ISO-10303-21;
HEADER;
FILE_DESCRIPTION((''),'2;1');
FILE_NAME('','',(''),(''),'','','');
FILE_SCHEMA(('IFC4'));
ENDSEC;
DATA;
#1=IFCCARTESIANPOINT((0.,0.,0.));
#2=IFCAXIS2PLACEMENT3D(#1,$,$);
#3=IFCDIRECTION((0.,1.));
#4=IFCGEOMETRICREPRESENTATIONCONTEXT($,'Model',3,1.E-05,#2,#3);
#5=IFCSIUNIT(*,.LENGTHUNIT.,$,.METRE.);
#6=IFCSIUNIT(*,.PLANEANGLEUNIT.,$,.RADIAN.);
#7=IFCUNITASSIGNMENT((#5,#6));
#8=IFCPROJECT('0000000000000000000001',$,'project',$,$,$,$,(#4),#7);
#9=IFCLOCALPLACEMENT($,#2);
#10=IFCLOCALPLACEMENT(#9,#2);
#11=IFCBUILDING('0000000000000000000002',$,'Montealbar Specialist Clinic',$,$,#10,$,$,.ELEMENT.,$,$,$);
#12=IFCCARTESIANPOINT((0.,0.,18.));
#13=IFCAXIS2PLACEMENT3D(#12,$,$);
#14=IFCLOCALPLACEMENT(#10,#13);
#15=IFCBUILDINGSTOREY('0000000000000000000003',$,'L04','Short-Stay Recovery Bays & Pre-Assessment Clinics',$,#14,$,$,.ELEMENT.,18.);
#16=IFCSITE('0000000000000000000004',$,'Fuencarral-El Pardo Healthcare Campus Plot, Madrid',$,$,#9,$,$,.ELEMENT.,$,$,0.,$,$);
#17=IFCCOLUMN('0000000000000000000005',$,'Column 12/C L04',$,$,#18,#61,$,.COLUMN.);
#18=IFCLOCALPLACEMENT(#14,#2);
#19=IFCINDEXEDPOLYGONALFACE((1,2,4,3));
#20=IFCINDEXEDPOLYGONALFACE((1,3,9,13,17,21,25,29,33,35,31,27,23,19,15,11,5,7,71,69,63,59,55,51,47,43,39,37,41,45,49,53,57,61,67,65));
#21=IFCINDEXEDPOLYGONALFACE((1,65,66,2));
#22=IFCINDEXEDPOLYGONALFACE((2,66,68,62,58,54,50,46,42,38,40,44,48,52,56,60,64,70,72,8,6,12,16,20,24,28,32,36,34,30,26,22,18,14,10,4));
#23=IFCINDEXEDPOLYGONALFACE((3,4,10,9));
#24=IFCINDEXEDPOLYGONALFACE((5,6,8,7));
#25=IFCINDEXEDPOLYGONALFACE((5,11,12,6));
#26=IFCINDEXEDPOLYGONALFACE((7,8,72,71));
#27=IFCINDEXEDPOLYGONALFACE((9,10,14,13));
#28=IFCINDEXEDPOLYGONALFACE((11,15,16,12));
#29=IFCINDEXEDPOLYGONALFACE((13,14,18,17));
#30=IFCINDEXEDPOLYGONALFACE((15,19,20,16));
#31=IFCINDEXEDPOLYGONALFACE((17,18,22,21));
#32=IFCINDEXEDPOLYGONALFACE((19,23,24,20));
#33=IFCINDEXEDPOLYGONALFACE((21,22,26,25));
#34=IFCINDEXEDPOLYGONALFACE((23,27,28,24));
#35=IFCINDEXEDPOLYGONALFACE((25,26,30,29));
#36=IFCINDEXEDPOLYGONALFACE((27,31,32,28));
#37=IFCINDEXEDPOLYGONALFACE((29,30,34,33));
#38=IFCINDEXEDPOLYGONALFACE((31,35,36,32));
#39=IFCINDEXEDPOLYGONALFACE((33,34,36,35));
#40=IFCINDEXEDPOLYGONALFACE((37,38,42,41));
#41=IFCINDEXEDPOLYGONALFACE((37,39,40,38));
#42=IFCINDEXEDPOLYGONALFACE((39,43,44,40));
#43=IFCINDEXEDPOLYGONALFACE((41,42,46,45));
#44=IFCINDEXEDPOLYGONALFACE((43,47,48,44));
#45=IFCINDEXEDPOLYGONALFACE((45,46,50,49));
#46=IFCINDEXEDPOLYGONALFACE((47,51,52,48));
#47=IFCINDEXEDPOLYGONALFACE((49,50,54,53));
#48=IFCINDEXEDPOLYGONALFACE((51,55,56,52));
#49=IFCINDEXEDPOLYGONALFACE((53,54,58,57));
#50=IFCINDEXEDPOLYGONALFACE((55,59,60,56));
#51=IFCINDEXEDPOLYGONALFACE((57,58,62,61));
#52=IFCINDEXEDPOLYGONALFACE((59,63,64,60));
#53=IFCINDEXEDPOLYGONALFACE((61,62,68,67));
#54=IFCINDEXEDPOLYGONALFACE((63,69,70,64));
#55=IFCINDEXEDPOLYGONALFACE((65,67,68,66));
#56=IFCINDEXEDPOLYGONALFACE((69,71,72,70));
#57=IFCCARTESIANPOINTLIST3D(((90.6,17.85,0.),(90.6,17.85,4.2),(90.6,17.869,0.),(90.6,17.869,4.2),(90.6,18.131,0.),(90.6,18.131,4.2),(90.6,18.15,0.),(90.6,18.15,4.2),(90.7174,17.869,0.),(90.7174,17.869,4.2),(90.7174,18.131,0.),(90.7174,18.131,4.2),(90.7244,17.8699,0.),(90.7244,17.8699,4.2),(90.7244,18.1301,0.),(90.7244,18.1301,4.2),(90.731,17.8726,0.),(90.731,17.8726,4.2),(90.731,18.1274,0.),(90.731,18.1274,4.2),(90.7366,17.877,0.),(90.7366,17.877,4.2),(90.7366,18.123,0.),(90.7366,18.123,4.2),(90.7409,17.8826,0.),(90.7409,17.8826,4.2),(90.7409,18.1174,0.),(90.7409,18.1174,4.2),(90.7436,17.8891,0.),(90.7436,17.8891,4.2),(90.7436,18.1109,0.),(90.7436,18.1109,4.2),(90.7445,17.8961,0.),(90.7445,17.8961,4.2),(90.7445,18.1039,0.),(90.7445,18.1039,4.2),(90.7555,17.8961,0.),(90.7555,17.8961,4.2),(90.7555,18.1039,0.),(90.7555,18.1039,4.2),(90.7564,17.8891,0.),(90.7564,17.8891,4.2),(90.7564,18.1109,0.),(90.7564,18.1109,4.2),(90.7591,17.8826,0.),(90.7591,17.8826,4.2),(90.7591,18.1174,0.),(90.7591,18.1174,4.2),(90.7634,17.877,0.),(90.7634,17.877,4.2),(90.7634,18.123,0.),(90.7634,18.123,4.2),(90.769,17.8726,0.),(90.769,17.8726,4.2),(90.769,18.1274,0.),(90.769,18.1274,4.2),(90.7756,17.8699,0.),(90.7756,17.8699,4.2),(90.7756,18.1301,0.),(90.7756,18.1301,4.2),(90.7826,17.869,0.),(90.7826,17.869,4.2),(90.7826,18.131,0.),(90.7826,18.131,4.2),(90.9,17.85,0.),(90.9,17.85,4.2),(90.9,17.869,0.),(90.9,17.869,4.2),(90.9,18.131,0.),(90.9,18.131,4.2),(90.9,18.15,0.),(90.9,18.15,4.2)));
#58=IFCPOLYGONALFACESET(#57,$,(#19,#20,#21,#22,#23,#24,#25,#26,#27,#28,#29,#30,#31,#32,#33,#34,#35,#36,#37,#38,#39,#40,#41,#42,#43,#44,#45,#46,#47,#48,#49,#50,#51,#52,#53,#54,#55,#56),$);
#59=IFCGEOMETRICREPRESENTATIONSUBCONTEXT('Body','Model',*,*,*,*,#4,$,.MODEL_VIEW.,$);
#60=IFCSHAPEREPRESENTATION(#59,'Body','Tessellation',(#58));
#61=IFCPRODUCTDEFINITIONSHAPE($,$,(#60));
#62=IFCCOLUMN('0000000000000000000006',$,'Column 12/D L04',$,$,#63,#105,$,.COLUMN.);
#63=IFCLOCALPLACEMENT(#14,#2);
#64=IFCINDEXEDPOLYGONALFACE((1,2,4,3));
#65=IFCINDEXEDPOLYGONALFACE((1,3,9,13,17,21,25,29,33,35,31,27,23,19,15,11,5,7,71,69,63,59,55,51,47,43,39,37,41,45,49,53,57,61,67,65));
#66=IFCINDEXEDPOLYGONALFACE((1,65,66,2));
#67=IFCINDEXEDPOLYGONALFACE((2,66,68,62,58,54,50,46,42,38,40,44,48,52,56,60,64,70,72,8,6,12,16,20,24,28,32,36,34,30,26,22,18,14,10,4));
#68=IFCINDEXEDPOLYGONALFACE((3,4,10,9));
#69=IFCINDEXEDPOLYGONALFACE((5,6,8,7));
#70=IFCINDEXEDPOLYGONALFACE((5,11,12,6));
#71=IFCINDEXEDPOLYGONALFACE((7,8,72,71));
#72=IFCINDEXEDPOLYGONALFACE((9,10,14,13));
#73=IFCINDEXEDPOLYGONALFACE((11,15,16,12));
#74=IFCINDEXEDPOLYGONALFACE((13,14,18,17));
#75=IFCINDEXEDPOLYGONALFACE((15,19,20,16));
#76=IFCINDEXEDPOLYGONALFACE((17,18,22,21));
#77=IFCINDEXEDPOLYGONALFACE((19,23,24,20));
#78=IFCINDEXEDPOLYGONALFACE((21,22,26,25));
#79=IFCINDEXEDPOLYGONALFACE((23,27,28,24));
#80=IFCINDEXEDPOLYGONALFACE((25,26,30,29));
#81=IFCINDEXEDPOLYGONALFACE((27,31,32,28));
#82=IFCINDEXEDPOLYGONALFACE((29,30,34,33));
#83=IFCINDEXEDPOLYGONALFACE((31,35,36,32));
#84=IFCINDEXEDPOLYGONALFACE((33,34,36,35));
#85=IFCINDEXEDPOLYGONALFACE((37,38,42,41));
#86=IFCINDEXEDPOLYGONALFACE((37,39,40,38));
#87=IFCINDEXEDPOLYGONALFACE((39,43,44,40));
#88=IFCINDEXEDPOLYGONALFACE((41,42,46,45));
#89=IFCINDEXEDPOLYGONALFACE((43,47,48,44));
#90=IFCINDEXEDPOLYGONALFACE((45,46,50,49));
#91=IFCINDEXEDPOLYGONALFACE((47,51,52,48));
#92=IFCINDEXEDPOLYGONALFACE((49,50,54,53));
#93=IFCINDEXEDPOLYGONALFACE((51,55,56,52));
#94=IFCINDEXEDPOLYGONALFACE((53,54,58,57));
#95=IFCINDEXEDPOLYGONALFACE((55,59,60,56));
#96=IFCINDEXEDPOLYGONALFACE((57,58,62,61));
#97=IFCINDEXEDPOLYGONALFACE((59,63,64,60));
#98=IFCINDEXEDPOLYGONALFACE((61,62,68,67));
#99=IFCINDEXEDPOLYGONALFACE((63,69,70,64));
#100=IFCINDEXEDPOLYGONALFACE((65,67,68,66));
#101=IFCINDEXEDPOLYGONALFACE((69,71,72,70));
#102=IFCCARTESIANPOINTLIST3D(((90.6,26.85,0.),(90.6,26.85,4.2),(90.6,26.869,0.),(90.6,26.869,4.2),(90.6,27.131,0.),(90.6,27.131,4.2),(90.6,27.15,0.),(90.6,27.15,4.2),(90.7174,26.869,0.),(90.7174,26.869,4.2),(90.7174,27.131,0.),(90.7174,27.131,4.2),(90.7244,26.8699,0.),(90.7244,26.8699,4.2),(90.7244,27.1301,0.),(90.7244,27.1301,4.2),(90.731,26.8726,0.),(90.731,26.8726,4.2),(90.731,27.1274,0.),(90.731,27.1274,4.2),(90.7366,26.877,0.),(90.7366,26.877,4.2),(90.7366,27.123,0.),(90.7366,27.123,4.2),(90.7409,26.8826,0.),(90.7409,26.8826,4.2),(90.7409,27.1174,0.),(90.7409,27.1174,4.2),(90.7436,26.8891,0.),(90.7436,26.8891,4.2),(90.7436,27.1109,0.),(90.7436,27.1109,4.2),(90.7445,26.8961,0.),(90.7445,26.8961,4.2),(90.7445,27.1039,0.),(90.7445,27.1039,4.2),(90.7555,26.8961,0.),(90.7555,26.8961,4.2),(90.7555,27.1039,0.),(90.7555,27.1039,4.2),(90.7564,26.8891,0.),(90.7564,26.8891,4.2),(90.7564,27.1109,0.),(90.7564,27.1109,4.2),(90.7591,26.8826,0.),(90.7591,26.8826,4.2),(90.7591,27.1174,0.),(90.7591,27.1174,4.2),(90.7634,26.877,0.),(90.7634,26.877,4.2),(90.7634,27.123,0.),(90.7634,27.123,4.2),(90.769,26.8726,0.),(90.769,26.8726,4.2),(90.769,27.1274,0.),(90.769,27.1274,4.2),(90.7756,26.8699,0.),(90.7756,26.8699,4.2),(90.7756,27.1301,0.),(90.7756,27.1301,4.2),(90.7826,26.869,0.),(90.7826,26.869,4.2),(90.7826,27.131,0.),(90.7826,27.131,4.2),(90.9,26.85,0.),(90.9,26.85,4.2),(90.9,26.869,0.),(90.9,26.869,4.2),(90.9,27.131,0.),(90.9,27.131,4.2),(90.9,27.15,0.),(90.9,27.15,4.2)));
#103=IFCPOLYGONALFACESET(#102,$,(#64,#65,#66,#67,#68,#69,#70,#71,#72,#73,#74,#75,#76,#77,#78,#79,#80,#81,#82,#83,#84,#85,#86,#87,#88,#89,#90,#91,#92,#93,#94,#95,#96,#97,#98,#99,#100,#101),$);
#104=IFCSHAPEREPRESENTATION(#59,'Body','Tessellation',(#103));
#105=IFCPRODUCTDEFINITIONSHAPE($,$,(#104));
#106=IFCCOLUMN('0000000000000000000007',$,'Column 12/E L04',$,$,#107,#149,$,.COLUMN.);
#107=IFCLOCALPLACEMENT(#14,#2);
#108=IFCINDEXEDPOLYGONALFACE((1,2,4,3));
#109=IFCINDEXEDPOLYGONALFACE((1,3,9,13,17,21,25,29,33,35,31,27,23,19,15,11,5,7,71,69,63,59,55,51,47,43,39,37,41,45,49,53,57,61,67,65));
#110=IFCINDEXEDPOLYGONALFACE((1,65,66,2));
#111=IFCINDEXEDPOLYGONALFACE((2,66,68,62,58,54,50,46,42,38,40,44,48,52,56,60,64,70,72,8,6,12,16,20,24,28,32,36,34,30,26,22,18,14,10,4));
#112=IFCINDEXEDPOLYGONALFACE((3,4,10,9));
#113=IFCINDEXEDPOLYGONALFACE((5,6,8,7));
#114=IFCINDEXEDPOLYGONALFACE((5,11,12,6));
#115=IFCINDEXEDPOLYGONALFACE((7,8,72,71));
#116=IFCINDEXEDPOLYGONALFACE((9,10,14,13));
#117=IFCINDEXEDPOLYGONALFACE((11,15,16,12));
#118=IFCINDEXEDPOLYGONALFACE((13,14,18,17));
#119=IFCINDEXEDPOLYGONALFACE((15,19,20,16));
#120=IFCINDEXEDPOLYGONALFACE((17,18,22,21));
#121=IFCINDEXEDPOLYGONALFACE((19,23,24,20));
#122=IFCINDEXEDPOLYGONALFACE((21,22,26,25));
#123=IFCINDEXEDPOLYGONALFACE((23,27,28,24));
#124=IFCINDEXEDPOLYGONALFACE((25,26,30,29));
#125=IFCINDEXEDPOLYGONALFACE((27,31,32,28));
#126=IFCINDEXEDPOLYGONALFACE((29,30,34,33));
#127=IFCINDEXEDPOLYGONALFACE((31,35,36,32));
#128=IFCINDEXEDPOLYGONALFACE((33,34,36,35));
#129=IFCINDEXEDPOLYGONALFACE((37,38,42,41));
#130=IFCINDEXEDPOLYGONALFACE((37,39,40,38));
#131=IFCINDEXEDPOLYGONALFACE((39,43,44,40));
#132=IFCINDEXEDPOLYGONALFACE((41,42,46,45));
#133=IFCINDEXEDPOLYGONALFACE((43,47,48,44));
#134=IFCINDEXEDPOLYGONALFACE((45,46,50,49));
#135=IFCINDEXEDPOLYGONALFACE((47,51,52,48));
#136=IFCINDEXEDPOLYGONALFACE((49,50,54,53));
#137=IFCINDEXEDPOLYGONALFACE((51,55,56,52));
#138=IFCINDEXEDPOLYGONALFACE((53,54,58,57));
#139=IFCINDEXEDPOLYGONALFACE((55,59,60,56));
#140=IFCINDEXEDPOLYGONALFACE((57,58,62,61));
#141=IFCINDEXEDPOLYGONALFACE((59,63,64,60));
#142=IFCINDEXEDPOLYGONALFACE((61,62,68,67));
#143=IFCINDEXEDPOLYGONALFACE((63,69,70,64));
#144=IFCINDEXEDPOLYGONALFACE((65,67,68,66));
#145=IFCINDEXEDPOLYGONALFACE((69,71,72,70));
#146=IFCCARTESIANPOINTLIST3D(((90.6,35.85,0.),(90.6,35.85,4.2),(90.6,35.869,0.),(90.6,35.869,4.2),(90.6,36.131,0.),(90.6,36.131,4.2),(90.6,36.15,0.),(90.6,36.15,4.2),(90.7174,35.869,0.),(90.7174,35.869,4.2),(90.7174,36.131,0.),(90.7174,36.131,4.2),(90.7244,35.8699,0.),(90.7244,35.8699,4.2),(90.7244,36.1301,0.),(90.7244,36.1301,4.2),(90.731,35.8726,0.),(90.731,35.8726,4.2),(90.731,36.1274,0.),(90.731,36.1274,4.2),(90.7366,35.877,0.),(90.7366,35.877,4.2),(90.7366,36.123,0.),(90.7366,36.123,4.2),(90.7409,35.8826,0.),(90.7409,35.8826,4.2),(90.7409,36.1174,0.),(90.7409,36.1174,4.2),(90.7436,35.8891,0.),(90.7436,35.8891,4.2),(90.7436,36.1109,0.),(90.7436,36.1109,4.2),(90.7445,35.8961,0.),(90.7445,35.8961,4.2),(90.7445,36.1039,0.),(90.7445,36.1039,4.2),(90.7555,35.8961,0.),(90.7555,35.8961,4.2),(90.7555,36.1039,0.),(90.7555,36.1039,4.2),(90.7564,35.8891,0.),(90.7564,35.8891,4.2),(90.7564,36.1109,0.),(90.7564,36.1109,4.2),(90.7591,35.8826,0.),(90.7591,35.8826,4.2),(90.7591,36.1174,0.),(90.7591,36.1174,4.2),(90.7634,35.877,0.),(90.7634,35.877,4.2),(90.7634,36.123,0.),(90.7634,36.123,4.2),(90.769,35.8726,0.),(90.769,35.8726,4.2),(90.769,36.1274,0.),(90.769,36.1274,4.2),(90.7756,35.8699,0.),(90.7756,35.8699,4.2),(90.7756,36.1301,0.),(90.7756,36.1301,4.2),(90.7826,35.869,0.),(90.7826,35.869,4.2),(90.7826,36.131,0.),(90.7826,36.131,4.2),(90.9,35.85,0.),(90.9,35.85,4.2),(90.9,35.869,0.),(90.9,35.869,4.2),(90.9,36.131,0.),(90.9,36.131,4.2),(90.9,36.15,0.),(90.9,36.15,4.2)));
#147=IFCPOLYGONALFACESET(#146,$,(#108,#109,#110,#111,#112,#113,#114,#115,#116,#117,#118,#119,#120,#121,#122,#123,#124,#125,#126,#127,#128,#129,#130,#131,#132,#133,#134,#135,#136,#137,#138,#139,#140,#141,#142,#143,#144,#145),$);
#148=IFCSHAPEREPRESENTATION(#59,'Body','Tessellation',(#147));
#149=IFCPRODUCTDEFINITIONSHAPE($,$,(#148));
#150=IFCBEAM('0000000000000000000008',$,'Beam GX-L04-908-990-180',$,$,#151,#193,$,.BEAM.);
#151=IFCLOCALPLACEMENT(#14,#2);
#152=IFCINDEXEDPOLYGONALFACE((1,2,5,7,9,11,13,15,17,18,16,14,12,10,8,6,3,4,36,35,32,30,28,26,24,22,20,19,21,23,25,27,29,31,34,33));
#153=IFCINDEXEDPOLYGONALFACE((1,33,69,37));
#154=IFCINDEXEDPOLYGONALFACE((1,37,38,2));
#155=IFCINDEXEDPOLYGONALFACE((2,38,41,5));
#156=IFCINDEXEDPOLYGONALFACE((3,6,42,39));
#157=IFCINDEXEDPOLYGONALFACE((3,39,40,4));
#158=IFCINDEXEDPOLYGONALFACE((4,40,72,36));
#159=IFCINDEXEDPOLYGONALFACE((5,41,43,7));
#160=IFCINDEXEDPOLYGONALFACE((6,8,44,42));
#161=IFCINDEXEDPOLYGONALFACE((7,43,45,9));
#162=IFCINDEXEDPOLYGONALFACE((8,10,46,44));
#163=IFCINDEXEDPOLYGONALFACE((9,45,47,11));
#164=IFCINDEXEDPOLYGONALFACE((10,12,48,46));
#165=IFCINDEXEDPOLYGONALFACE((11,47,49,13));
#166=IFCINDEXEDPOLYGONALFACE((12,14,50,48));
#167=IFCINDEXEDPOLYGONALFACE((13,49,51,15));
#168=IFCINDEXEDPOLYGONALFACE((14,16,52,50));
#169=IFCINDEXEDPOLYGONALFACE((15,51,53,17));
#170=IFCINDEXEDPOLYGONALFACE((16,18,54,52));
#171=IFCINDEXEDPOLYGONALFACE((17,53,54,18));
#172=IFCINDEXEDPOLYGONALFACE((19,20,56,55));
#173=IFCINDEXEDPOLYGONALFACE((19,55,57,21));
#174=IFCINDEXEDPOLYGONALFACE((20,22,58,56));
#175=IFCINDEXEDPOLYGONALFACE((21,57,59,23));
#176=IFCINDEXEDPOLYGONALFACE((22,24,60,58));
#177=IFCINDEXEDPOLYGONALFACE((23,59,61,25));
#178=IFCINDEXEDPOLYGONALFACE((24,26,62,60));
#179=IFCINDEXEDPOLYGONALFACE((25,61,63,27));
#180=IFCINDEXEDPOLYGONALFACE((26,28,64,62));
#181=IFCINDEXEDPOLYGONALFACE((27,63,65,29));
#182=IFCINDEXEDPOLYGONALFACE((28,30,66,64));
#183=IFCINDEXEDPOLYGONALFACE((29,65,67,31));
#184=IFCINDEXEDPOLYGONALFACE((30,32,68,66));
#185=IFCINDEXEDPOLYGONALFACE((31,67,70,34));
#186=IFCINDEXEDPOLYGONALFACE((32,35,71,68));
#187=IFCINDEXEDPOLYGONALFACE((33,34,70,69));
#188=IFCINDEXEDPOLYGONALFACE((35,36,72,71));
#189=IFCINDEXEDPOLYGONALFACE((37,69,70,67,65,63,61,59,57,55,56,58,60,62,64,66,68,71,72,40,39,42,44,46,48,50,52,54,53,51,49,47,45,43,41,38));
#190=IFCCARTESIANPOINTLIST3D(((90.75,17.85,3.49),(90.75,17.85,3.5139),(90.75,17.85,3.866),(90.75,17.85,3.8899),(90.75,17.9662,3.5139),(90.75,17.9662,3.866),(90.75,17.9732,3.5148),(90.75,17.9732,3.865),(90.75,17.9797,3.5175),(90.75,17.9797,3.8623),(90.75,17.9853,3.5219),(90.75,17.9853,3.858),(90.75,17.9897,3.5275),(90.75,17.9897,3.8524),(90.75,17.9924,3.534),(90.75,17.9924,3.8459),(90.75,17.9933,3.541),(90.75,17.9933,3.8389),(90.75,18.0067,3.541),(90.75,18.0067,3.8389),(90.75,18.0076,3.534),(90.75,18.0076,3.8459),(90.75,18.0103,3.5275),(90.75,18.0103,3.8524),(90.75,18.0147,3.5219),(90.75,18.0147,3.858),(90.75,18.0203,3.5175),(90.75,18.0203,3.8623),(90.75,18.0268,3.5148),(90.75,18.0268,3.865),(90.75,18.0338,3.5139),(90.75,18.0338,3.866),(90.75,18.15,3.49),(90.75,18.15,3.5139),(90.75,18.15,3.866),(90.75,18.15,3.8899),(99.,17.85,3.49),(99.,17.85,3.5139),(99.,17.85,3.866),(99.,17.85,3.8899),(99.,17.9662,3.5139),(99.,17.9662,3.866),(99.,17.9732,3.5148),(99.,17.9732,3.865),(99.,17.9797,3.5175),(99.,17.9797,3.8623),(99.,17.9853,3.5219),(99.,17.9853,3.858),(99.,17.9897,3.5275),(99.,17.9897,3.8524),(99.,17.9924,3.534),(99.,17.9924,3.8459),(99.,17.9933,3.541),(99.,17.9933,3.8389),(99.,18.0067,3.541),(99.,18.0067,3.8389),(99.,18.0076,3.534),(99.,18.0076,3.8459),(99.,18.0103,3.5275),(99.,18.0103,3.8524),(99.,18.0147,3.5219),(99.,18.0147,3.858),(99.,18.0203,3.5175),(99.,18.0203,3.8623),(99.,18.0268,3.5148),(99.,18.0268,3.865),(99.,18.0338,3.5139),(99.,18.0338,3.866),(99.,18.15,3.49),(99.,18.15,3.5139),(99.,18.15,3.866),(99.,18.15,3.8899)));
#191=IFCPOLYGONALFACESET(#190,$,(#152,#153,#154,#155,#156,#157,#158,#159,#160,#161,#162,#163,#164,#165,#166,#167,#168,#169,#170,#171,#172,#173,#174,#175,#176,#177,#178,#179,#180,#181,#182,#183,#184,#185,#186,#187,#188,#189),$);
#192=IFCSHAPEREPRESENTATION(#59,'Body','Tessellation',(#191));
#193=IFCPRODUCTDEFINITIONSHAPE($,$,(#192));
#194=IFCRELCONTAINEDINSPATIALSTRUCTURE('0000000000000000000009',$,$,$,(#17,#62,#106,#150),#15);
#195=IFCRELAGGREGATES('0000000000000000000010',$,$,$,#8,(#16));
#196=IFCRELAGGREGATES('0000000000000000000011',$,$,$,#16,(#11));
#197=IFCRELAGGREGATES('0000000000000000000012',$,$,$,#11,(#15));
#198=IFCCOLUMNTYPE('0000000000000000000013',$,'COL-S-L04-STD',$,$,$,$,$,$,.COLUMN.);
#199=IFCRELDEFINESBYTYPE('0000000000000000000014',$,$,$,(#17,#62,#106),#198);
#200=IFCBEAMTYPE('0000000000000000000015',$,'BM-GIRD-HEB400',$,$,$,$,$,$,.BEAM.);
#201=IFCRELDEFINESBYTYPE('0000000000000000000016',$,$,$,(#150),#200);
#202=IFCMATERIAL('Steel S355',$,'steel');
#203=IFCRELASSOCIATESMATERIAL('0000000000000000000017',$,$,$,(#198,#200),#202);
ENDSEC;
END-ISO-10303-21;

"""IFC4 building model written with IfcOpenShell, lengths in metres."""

from ifc_helpers import new_model, si_unit, direction, frame, origin, origin_2d, place, context, subcontext, project, spatial, i_section, extrude, material, material_profile, profile_set, type_object, element, save


model = new_model("IFC4")

# Units and contexts
model_context = context("Model", 3, precision=1e-05, world=origin(), true_north=direction((0.0, 1.0)))
body_context = subcontext(model_context, "Body", "Model", "MODEL_VIEW")
ifc_project = project(units=[si_unit("LENGTHUNIT", "METRE"), si_unit("PLANEANGLEUNIT", "RADIAN")], contexts=[model_context])

# Site, building, storey
site_placement = place(None, origin())
site = spatial("IfcSite", under=ifc_project, at=site_placement, Name="Fuencarral-El Pardo Healthcare Campus Plot, Madrid", CompositionType="ELEMENT", RefElevation=0.0)
building_placement = place(site_placement, origin())
building = spatial("IfcBuilding", under=site, at=building_placement, Name="Montealbar Specialist Clinic", CompositionType="ELEMENT")
storey_placement = place(building_placement, frame((0.0, 0.0, 18.0)))
storey = spatial("IfcBuildingStorey", under=building, at=storey_placement, Name="L04", Description="Short-Stay Recovery Bays & Pre-Assessment Clinics", CompositionType="ELEMENT", Elevation=18.0)

# Columns
ifc_material_1 = material(Name="Steel S355", Category="steel")
ifc_material_profile_1 = material_profile(ifc_material_1, i_section(OverallWidth=0.3, OverallDepth=0.3, WebThickness=0.011, FlangeThickness=0.019, FilletRadius=0.0271, at=origin_2d()), Name="HEB 300", Category="steel")
ifc_profile_set_1 = profile_set([ifc_material_profile_1], Name="Steel S355")
column_type = type_object("IfcColumnType", Name="COL-S-L04-STD", PredefinedType="COLUMN", material=ifc_profile_set_1)
for number, where, z_axis, x_axis, name in (
    (1, (90.75, 18.0, 0.0), (0.0, 0.0, 1.0), (1.0, 0.0, 0.0), "Column 12/C L04"),
    (2, (90.75, 27.0, 0.0), (0.0, 0.0, 1.0), (1.0, 0.0, 0.0), "Column 12/D L04"),
    (3, (90.75, 36.0, 0.0), (0.0, 0.0, 1.0), (1.0, 0.0, 0.0), "Column 12/E L04"),
):
    element("IfcColumn", number, at=place(storey_placement, frame(where, z_axis=z_axis, x_axis=x_axis)), inside=storey, type_object=column_type, Name=name, PredefinedType="COLUMN", context=body_context, shape_type="SweptSolid", body=[
        extrude(i_section(OverallWidth=0.3, OverallDepth=0.3, WebThickness=0.011, FlangeThickness=0.019, FilletRadius=0.0271, at=origin_2d()), origin(), (0.0, 0.0, 1.0), 4.2),
    ])

# Beam
ifc_material_profile_2 = material_profile(ifc_material_1, i_section(OverallWidth=0.3, OverallDepth=0.3999, WebThickness=0.0134, FlangeThickness=0.0239, FilletRadius=0.0271, at=origin_2d()), Name="HEB 400", Category="steel")
ifc_profile_set_2 = profile_set([ifc_material_profile_2], Name="Steel S355")
beam_type_1 = type_object("IfcBeamType", Name="BM-GIRD-HEB400", PredefinedType="BEAM", material=ifc_profile_set_2)
for number, where, z_axis, x_axis, name in (
    (4, (90.75, 18.0, 3.6899), (1.0, 0.0, 0.0), (0.0, 1.0, 0.0), "Beam GX-L04-908-990-180"),
):
    element("IfcBeam", number, at=place(storey_placement, frame(where, z_axis=z_axis, x_axis=x_axis)), inside=storey, type_object=beam_type_1, Name=name, PredefinedType="BEAM", context=body_context, shape_type="SweptSolid", body=[
        extrude(i_section(OverallWidth=0.3, OverallDepth=0.3999, WebThickness=0.0134, FlangeThickness=0.0239, FilletRadius=0.0271, at=origin_2d()), origin(), (0.0, 0.0, 1.0), 8.25),
    ])

save(model, "model.ifc")
